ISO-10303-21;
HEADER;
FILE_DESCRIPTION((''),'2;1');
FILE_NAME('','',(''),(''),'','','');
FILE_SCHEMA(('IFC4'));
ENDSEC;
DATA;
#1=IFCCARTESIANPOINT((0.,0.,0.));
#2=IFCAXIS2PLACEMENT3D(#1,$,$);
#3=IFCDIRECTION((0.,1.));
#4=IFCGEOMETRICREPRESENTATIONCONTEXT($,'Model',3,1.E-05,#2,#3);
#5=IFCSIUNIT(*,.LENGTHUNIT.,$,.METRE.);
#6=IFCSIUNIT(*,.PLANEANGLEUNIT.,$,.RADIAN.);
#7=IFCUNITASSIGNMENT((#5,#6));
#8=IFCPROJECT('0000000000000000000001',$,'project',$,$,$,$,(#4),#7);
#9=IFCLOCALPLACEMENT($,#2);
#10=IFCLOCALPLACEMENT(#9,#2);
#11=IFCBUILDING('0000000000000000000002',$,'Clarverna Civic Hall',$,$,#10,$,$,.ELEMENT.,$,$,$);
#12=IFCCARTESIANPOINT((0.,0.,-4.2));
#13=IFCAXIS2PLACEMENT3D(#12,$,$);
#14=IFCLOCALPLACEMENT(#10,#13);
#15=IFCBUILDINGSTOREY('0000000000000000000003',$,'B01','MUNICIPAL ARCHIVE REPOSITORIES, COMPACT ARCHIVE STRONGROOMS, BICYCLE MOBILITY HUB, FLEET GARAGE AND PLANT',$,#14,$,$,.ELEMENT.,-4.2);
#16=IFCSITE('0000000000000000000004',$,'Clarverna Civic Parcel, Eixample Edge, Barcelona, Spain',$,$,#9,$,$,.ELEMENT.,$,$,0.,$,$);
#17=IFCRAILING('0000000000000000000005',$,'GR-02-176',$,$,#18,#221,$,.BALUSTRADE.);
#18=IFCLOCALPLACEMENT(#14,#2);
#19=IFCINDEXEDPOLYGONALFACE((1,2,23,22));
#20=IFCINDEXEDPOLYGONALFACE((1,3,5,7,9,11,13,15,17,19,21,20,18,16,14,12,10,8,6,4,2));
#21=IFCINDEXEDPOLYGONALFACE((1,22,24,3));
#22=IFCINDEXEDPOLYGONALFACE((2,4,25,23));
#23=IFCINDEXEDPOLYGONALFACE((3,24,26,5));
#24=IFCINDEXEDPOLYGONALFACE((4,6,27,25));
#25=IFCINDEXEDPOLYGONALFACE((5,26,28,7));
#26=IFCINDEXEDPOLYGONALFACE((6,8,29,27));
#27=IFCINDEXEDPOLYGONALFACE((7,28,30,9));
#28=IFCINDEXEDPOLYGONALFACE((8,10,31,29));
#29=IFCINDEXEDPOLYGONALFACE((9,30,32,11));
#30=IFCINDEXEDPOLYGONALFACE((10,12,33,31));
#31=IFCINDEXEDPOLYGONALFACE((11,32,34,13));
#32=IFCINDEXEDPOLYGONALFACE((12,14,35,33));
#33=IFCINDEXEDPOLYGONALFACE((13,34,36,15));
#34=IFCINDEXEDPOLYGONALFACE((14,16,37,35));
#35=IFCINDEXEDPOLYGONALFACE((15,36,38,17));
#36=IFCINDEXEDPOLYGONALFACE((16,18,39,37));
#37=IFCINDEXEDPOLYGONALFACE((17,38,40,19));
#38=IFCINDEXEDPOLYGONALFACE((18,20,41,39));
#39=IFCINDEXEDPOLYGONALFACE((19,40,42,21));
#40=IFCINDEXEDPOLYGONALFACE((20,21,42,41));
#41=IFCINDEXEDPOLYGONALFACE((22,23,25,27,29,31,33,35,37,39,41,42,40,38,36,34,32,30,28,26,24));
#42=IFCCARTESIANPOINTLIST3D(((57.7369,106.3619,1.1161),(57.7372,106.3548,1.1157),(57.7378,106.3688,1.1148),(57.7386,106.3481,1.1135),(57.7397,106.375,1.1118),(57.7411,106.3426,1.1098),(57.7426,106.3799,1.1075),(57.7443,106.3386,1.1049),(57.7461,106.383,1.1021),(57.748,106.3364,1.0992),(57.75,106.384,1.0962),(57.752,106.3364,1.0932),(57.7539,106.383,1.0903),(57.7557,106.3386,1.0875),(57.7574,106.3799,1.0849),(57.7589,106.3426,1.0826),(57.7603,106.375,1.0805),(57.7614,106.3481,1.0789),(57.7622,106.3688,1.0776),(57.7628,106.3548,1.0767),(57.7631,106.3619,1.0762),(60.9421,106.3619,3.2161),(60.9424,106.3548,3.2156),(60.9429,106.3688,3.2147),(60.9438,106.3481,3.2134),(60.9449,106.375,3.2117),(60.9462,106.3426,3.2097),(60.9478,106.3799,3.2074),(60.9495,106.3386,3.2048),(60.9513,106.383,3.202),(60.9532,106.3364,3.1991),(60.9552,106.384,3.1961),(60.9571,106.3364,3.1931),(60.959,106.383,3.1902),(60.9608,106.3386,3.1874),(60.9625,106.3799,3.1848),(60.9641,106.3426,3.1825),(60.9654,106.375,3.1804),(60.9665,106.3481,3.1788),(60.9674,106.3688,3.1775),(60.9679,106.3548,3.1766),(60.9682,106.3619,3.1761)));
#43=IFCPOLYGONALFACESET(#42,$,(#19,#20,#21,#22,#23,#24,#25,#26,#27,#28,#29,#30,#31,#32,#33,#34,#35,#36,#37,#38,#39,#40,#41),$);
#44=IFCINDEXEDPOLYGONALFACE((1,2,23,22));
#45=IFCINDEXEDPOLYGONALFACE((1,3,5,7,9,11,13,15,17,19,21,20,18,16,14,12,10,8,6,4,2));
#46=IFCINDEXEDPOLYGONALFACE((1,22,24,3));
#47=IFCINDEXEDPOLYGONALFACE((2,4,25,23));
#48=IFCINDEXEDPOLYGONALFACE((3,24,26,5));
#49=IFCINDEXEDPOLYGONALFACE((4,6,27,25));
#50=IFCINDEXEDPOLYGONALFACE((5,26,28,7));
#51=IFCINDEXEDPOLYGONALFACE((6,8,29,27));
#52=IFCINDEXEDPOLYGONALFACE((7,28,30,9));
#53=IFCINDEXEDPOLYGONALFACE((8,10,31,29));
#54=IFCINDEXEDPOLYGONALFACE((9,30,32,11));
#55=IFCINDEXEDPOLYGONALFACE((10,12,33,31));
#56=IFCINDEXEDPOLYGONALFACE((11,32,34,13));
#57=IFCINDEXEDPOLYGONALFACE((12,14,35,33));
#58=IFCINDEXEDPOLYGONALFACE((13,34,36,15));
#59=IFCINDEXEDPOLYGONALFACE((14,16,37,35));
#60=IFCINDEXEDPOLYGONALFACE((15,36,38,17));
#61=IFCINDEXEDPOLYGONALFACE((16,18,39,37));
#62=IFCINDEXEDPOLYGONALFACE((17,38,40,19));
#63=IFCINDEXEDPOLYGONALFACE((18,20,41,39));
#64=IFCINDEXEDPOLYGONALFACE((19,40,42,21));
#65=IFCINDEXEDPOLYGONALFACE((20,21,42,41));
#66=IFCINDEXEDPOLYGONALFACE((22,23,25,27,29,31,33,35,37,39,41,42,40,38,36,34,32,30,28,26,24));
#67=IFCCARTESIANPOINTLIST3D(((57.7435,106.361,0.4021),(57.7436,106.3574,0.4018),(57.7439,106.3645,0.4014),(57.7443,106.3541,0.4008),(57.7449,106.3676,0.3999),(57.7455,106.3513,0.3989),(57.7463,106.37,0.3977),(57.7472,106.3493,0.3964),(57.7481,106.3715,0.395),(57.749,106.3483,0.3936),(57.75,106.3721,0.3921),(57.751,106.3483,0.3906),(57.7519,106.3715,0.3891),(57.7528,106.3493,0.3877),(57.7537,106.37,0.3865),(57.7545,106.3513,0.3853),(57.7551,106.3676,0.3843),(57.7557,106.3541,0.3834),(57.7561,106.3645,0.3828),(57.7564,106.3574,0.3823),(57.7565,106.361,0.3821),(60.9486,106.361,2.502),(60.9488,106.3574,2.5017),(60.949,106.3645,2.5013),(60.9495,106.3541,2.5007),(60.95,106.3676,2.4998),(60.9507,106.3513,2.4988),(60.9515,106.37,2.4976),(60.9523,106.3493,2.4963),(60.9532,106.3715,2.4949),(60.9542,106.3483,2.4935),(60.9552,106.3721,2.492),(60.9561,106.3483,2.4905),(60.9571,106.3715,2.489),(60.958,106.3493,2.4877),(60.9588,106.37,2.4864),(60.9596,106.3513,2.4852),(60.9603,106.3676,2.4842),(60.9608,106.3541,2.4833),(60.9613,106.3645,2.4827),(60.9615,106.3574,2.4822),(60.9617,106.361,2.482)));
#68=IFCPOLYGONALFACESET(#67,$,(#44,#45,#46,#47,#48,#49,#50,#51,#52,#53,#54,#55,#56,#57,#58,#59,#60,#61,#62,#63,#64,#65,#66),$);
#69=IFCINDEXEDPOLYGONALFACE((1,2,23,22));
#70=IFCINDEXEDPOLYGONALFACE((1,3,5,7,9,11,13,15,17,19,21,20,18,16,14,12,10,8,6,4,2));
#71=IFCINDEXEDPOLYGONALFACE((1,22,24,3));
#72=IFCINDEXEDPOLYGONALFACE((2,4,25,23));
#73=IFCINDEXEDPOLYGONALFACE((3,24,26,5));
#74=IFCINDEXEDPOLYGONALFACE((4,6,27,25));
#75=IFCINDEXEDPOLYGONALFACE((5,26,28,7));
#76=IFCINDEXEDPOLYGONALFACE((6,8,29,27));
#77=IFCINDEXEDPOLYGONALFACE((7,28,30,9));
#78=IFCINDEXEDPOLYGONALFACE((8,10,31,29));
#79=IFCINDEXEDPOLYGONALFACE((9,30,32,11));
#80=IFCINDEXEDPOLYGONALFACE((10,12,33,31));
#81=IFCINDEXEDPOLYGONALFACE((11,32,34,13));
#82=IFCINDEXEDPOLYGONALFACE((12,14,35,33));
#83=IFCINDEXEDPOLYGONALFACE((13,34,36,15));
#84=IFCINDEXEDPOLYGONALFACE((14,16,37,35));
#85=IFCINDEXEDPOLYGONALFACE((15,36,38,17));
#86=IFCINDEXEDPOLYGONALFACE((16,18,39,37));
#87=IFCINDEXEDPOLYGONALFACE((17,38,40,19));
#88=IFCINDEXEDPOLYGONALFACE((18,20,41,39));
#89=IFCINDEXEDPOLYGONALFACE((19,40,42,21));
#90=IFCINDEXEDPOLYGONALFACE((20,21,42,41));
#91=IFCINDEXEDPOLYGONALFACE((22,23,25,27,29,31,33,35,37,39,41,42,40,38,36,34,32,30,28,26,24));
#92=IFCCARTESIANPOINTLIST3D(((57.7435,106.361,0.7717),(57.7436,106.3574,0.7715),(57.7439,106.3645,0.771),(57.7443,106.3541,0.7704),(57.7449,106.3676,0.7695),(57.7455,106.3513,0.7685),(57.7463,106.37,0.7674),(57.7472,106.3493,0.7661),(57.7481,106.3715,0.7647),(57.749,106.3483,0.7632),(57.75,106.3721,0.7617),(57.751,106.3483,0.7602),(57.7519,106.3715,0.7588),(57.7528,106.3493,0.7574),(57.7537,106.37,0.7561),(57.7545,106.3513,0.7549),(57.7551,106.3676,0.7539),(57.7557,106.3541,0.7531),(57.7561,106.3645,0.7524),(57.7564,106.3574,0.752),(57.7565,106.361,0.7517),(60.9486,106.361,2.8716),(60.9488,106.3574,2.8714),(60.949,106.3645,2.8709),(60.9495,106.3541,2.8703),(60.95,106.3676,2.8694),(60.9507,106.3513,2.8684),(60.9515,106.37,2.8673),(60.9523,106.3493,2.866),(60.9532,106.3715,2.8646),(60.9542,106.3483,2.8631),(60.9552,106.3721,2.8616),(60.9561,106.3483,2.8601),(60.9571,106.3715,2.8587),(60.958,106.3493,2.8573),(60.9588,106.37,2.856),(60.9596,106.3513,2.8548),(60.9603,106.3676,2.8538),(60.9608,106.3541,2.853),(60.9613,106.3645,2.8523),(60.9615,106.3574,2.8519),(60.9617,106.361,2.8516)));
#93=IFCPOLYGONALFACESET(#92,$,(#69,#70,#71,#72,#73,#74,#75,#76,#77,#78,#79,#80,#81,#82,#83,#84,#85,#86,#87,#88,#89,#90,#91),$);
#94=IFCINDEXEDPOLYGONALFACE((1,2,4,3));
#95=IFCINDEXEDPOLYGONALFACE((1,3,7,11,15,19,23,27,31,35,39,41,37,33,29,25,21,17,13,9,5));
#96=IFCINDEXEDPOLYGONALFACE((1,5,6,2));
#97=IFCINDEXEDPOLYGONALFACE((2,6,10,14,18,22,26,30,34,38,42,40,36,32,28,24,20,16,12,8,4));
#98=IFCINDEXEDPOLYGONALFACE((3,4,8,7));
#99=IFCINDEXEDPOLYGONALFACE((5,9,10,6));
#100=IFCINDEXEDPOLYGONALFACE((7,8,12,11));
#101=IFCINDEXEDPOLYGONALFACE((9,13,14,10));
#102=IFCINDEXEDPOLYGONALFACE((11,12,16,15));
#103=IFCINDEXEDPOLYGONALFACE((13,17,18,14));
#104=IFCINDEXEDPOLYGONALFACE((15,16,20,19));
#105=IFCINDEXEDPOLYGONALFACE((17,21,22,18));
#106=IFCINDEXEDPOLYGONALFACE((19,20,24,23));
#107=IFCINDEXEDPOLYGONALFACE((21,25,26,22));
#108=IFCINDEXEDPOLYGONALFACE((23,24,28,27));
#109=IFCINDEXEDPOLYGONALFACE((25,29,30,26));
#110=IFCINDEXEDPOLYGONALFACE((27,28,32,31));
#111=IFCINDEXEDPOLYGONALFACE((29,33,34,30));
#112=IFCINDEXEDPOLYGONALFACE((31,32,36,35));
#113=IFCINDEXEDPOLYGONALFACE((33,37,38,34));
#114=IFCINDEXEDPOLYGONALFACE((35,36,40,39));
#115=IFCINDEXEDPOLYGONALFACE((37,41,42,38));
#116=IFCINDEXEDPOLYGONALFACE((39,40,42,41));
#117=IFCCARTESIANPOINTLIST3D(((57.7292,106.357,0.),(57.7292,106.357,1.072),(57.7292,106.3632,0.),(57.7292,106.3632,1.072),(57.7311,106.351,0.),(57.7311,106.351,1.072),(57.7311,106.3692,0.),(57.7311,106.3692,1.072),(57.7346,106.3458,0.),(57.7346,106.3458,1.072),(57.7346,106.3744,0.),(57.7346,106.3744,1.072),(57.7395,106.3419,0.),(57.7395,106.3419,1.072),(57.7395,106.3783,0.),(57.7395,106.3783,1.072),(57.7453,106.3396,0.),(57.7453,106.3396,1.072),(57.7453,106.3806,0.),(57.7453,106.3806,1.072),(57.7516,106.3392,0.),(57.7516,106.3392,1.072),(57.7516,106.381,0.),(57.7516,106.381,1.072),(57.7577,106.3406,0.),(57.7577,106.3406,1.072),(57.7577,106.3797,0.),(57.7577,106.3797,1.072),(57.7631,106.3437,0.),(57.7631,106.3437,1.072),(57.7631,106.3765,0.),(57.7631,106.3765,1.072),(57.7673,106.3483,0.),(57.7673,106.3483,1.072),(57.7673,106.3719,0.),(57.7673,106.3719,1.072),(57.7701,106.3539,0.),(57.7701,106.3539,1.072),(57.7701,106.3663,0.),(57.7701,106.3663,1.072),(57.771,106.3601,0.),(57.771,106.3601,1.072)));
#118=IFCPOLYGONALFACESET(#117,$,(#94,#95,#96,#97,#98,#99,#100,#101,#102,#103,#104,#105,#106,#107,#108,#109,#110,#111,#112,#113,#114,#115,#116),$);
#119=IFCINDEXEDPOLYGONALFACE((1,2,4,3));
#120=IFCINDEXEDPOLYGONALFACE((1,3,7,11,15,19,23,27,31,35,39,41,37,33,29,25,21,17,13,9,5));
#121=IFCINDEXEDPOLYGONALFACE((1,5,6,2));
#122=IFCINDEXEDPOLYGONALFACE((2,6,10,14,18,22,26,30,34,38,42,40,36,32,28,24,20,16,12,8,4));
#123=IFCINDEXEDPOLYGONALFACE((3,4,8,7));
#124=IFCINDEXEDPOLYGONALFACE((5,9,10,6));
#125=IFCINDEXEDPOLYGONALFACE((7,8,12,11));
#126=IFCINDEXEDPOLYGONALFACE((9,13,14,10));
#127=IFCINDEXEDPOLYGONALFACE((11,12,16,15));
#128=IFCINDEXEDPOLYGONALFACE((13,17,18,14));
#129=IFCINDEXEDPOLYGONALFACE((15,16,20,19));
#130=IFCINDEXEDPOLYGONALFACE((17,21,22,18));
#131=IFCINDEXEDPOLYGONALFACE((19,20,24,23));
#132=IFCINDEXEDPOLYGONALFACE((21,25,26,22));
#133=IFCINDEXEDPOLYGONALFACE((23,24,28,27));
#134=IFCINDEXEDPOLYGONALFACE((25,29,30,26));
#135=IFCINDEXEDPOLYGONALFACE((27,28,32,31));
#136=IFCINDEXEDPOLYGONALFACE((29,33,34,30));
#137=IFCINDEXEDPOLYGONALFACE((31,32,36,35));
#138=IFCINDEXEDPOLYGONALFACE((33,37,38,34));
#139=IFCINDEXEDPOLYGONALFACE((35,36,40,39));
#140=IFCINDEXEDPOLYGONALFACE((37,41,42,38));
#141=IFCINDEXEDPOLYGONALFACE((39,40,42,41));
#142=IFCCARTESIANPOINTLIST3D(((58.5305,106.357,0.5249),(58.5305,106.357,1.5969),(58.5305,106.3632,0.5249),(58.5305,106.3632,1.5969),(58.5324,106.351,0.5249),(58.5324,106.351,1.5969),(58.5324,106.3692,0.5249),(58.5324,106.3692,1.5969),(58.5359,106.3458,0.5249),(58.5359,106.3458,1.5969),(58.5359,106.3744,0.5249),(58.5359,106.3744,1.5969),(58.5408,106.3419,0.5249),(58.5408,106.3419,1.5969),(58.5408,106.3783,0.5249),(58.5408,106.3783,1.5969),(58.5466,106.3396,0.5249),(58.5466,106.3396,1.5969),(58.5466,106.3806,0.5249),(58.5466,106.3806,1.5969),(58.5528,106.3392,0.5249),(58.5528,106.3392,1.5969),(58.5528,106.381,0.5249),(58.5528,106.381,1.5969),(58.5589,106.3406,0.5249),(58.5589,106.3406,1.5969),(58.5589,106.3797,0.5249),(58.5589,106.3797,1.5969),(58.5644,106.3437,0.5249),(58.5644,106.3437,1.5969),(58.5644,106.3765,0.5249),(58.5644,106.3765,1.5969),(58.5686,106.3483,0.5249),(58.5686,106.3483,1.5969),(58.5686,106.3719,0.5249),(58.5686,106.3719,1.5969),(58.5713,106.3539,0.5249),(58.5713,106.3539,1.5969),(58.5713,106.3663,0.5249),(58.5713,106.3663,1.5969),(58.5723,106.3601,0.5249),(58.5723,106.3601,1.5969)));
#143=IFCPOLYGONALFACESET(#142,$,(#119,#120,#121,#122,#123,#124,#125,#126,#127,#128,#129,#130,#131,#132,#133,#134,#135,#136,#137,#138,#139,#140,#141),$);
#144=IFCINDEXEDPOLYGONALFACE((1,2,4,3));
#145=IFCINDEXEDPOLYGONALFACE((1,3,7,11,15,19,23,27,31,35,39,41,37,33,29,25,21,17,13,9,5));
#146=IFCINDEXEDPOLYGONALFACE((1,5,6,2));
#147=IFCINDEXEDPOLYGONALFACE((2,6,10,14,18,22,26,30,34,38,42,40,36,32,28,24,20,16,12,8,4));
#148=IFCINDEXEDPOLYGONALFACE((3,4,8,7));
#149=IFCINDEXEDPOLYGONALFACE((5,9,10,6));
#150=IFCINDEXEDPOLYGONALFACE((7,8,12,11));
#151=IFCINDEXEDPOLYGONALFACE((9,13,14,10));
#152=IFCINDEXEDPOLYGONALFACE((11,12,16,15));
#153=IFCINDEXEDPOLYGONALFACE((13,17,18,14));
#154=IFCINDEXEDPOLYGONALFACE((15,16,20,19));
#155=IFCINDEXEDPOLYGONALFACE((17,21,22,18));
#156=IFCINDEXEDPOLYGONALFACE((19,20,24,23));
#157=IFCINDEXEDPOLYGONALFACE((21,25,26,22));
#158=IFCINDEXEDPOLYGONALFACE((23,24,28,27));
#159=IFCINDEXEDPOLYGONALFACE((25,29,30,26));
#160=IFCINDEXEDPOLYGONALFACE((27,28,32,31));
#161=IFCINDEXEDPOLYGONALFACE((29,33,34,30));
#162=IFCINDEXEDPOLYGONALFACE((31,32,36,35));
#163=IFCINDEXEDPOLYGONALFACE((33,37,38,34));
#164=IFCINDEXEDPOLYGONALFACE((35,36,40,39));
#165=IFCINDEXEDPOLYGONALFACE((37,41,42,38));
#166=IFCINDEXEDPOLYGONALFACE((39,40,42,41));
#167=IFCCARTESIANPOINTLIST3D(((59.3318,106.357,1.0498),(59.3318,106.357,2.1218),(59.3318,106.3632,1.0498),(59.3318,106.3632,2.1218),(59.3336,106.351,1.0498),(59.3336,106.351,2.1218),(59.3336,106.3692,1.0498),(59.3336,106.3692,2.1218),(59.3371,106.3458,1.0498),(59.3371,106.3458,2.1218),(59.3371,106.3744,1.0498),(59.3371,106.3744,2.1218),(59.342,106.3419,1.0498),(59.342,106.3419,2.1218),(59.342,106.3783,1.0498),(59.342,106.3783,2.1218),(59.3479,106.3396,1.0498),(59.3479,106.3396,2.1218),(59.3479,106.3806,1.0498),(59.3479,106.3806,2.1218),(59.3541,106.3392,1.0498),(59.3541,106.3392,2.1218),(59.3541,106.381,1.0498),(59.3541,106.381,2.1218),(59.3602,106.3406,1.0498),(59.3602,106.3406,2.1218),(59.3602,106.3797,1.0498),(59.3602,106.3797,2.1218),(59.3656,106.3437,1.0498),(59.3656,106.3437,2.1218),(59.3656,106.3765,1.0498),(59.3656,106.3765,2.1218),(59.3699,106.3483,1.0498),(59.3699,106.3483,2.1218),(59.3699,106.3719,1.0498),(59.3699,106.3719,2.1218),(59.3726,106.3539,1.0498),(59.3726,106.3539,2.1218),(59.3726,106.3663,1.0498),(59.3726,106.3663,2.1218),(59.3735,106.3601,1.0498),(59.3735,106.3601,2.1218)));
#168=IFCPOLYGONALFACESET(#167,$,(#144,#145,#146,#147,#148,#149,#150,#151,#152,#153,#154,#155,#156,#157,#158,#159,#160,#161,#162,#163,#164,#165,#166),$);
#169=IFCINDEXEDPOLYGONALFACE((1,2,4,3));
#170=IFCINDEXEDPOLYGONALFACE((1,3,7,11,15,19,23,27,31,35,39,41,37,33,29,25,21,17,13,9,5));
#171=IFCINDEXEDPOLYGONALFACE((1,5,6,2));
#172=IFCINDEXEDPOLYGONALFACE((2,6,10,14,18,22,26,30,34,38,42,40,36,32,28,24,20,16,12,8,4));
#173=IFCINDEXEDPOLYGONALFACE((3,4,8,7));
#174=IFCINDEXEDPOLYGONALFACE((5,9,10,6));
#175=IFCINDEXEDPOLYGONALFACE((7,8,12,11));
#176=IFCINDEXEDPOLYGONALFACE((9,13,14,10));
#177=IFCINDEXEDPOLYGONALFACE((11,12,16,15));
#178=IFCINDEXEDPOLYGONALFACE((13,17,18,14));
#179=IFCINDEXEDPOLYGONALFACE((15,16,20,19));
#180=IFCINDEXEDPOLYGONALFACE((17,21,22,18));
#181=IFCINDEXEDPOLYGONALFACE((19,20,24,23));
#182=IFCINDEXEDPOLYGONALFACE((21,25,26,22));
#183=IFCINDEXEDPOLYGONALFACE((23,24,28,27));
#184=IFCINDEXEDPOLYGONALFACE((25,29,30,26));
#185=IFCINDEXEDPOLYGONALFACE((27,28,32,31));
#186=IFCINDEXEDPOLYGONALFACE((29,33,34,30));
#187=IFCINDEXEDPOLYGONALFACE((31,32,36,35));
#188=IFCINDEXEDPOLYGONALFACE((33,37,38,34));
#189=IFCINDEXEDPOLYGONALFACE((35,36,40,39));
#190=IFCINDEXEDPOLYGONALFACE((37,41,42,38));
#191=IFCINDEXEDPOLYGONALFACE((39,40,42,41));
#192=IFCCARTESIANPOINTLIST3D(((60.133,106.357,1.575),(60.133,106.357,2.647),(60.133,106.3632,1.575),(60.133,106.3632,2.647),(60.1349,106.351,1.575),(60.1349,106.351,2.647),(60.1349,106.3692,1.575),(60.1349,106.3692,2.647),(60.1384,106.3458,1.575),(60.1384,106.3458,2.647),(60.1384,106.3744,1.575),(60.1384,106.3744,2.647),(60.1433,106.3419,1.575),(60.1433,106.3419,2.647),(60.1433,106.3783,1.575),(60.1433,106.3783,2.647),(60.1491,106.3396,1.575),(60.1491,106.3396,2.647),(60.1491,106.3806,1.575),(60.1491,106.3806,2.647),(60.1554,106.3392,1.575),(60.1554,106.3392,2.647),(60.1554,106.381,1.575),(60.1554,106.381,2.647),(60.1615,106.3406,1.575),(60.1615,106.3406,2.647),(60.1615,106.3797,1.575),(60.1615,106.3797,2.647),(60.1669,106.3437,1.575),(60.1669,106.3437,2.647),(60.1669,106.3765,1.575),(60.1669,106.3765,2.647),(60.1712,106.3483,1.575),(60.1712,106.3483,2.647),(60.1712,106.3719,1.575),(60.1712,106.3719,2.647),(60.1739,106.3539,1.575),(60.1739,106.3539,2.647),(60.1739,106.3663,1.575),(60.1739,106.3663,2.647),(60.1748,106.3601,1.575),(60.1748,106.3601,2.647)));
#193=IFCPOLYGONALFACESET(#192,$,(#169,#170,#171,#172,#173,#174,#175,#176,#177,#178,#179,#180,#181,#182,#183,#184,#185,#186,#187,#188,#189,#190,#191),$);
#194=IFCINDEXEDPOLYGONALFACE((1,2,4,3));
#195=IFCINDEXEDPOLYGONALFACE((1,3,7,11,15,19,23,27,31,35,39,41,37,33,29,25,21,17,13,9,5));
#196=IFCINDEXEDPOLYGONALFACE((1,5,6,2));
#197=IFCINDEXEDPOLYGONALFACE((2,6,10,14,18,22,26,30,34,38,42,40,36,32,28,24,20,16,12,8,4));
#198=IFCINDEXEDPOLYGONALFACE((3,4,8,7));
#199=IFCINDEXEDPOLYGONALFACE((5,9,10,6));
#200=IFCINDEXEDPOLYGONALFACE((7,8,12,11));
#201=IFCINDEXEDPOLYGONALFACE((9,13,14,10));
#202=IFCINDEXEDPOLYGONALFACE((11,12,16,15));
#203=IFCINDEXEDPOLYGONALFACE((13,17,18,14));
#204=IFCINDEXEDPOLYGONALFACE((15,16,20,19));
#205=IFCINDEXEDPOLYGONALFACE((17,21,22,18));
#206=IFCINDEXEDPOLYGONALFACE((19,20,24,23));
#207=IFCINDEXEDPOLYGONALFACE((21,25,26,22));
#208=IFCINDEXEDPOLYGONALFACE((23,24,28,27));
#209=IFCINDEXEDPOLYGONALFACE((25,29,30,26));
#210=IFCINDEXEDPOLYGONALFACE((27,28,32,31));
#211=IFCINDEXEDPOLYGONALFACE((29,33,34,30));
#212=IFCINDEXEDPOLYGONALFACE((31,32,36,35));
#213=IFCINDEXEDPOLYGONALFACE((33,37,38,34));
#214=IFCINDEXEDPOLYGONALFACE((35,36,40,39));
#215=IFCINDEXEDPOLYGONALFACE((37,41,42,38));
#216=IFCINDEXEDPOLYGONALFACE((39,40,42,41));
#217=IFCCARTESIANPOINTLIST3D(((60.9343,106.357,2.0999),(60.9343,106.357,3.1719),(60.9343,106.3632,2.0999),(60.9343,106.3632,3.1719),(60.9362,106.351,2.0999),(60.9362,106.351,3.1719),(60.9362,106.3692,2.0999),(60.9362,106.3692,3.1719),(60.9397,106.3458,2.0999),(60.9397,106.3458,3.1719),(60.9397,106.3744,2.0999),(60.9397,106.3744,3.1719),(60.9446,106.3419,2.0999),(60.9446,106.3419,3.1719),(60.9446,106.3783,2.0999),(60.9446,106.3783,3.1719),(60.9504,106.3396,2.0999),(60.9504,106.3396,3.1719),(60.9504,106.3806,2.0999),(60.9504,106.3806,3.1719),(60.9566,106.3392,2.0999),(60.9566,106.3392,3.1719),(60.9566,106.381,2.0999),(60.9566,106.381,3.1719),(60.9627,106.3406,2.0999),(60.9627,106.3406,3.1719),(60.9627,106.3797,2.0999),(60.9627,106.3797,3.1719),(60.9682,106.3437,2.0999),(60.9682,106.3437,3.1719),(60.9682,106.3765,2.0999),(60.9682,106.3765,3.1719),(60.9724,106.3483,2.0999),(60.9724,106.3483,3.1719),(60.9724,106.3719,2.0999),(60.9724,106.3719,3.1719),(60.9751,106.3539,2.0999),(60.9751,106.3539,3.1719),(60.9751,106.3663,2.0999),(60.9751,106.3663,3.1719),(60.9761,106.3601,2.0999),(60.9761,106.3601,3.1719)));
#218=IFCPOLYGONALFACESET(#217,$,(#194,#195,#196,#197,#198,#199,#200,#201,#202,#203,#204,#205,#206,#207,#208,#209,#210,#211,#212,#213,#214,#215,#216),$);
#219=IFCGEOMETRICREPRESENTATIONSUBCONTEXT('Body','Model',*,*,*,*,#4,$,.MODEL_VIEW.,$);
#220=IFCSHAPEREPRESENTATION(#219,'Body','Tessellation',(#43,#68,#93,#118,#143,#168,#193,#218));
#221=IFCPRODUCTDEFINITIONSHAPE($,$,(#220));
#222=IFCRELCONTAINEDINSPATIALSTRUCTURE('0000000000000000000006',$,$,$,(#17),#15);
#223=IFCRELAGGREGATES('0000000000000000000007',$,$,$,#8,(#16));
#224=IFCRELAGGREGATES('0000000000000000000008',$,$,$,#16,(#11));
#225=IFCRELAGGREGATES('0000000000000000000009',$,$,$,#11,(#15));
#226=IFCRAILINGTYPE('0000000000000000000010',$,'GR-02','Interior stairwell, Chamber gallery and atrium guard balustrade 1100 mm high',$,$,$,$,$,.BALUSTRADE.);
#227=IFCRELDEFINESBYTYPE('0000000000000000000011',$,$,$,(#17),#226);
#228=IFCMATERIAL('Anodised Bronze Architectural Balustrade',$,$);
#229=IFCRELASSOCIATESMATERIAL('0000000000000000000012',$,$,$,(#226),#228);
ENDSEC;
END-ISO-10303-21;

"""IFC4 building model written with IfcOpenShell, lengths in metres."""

from ifc_helpers import new_model, si_unit, direction, frame, origin, origin_2d, place, context, subcontext, project, spatial, circle, extrude, material, type_object, element, save


model = new_model("IFC4")

# Units and contexts
model_context = context("Model", 3, precision=1e-05, world=origin(), true_north=direction((0.0, 1.0)))
body_context = subcontext(model_context, "Body", "Model", "MODEL_VIEW")
ifc_project = project(units=[si_unit("LENGTHUNIT", "METRE"), si_unit("PLANEANGLEUNIT", "RADIAN")], contexts=[model_context])

# Site, building, storey
site_placement = place(None, origin())
site = spatial("IfcSite", under=ifc_project, at=site_placement, Name="Clarverna Civic Parcel, Eixample Edge, Barcelona, Spain", CompositionType="ELEMENT", RefElevation=0.0)
building_placement = place(site_placement, origin())
building = spatial("IfcBuilding", under=site, at=building_placement, Name="Clarverna Civic Hall", CompositionType="ELEMENT")
storey_placement = place(building_placement, frame((0.0, 0.0, -4.2)))
storey = spatial("IfcBuildingStorey", under=building, at=storey_placement, Name="B01", Description="MUNICIPAL ARCHIVE REPOSITORIES, COMPACT ARCHIVE STRONGROOMS, BICYCLE MOBILITY HUB, FLEET GARAGE AND PLANT", CompositionType="ELEMENT", Elevation=-4.2)

# Railing
ifc_material_1 = material(Name="Anodised Bronze Architectural Balustrade")
railing_type_1 = type_object("IfcRailingType", Name="GR-02", Description="Interior stairwell, Chamber gallery and atrium guard balustrade 1100 mm high", PredefinedType="BALUSTRADE", material=ifc_material_1)
railing_1_placement = place(storey_placement, frame((57.75, 106.3601, 0.0)))
element("IfcRailing", 1, at=railing_1_placement, inside=storey, type_object=railing_type_1, Name="GR-02-176", PredefinedType="BALUSTRADE", context=body_context, shape_type="SweptSolid", body=[
    extrude(circle(Radius=0.0239, at=origin_2d()), frame((0.0, 0.0, 1.0962), z_axis=(0.836464, 0.0, 0.548022), x_axis=(0.0, 1.0, 0.0)), (0.0, 0.0, 1.0), 3.8318),
    extrude(circle(Radius=0.012, at=origin_2d()), frame((0.0, 0.0, 0.3921), z_axis=(0.836464, 0.0, 0.548022), x_axis=(0.0, 1.0, 0.0)), (0.0, 0.0, 1.0), 3.8318),
    extrude(circle(Radius=0.012, at=origin_2d()), frame((0.0, 0.0, 0.7617), z_axis=(0.836464, 0.0, 0.548022), x_axis=(0.0, 1.0, 0.0)), (0.0, 0.0, 1.0), 3.8318),
    extrude(circle(Radius=0.021, at=origin_2d()), origin(), (0.0, 0.0, 1.0), 1.072),
    extrude(circle(Radius=0.021, at=origin_2d()), frame((0.8013, 0.0, 0.5249)), (0.0, 0.0, 1.0), 1.072),
    extrude(circle(Radius=0.021, at=origin_2d()), frame((1.6025, 0.0, 1.0498)), (0.0, 0.0, 1.0), 1.072),
    extrude(circle(Radius=0.021, at=origin_2d()), frame((2.4038, 0.0, 1.575)), (0.0, 0.0, 1.0), 1.072),
    extrude(circle(Radius=0.021, at=origin_2d()), frame((3.2051, 0.0, 2.0999)), (0.0, 0.0, 1.0), 1.072),
])

save(model, "model.ifc")
